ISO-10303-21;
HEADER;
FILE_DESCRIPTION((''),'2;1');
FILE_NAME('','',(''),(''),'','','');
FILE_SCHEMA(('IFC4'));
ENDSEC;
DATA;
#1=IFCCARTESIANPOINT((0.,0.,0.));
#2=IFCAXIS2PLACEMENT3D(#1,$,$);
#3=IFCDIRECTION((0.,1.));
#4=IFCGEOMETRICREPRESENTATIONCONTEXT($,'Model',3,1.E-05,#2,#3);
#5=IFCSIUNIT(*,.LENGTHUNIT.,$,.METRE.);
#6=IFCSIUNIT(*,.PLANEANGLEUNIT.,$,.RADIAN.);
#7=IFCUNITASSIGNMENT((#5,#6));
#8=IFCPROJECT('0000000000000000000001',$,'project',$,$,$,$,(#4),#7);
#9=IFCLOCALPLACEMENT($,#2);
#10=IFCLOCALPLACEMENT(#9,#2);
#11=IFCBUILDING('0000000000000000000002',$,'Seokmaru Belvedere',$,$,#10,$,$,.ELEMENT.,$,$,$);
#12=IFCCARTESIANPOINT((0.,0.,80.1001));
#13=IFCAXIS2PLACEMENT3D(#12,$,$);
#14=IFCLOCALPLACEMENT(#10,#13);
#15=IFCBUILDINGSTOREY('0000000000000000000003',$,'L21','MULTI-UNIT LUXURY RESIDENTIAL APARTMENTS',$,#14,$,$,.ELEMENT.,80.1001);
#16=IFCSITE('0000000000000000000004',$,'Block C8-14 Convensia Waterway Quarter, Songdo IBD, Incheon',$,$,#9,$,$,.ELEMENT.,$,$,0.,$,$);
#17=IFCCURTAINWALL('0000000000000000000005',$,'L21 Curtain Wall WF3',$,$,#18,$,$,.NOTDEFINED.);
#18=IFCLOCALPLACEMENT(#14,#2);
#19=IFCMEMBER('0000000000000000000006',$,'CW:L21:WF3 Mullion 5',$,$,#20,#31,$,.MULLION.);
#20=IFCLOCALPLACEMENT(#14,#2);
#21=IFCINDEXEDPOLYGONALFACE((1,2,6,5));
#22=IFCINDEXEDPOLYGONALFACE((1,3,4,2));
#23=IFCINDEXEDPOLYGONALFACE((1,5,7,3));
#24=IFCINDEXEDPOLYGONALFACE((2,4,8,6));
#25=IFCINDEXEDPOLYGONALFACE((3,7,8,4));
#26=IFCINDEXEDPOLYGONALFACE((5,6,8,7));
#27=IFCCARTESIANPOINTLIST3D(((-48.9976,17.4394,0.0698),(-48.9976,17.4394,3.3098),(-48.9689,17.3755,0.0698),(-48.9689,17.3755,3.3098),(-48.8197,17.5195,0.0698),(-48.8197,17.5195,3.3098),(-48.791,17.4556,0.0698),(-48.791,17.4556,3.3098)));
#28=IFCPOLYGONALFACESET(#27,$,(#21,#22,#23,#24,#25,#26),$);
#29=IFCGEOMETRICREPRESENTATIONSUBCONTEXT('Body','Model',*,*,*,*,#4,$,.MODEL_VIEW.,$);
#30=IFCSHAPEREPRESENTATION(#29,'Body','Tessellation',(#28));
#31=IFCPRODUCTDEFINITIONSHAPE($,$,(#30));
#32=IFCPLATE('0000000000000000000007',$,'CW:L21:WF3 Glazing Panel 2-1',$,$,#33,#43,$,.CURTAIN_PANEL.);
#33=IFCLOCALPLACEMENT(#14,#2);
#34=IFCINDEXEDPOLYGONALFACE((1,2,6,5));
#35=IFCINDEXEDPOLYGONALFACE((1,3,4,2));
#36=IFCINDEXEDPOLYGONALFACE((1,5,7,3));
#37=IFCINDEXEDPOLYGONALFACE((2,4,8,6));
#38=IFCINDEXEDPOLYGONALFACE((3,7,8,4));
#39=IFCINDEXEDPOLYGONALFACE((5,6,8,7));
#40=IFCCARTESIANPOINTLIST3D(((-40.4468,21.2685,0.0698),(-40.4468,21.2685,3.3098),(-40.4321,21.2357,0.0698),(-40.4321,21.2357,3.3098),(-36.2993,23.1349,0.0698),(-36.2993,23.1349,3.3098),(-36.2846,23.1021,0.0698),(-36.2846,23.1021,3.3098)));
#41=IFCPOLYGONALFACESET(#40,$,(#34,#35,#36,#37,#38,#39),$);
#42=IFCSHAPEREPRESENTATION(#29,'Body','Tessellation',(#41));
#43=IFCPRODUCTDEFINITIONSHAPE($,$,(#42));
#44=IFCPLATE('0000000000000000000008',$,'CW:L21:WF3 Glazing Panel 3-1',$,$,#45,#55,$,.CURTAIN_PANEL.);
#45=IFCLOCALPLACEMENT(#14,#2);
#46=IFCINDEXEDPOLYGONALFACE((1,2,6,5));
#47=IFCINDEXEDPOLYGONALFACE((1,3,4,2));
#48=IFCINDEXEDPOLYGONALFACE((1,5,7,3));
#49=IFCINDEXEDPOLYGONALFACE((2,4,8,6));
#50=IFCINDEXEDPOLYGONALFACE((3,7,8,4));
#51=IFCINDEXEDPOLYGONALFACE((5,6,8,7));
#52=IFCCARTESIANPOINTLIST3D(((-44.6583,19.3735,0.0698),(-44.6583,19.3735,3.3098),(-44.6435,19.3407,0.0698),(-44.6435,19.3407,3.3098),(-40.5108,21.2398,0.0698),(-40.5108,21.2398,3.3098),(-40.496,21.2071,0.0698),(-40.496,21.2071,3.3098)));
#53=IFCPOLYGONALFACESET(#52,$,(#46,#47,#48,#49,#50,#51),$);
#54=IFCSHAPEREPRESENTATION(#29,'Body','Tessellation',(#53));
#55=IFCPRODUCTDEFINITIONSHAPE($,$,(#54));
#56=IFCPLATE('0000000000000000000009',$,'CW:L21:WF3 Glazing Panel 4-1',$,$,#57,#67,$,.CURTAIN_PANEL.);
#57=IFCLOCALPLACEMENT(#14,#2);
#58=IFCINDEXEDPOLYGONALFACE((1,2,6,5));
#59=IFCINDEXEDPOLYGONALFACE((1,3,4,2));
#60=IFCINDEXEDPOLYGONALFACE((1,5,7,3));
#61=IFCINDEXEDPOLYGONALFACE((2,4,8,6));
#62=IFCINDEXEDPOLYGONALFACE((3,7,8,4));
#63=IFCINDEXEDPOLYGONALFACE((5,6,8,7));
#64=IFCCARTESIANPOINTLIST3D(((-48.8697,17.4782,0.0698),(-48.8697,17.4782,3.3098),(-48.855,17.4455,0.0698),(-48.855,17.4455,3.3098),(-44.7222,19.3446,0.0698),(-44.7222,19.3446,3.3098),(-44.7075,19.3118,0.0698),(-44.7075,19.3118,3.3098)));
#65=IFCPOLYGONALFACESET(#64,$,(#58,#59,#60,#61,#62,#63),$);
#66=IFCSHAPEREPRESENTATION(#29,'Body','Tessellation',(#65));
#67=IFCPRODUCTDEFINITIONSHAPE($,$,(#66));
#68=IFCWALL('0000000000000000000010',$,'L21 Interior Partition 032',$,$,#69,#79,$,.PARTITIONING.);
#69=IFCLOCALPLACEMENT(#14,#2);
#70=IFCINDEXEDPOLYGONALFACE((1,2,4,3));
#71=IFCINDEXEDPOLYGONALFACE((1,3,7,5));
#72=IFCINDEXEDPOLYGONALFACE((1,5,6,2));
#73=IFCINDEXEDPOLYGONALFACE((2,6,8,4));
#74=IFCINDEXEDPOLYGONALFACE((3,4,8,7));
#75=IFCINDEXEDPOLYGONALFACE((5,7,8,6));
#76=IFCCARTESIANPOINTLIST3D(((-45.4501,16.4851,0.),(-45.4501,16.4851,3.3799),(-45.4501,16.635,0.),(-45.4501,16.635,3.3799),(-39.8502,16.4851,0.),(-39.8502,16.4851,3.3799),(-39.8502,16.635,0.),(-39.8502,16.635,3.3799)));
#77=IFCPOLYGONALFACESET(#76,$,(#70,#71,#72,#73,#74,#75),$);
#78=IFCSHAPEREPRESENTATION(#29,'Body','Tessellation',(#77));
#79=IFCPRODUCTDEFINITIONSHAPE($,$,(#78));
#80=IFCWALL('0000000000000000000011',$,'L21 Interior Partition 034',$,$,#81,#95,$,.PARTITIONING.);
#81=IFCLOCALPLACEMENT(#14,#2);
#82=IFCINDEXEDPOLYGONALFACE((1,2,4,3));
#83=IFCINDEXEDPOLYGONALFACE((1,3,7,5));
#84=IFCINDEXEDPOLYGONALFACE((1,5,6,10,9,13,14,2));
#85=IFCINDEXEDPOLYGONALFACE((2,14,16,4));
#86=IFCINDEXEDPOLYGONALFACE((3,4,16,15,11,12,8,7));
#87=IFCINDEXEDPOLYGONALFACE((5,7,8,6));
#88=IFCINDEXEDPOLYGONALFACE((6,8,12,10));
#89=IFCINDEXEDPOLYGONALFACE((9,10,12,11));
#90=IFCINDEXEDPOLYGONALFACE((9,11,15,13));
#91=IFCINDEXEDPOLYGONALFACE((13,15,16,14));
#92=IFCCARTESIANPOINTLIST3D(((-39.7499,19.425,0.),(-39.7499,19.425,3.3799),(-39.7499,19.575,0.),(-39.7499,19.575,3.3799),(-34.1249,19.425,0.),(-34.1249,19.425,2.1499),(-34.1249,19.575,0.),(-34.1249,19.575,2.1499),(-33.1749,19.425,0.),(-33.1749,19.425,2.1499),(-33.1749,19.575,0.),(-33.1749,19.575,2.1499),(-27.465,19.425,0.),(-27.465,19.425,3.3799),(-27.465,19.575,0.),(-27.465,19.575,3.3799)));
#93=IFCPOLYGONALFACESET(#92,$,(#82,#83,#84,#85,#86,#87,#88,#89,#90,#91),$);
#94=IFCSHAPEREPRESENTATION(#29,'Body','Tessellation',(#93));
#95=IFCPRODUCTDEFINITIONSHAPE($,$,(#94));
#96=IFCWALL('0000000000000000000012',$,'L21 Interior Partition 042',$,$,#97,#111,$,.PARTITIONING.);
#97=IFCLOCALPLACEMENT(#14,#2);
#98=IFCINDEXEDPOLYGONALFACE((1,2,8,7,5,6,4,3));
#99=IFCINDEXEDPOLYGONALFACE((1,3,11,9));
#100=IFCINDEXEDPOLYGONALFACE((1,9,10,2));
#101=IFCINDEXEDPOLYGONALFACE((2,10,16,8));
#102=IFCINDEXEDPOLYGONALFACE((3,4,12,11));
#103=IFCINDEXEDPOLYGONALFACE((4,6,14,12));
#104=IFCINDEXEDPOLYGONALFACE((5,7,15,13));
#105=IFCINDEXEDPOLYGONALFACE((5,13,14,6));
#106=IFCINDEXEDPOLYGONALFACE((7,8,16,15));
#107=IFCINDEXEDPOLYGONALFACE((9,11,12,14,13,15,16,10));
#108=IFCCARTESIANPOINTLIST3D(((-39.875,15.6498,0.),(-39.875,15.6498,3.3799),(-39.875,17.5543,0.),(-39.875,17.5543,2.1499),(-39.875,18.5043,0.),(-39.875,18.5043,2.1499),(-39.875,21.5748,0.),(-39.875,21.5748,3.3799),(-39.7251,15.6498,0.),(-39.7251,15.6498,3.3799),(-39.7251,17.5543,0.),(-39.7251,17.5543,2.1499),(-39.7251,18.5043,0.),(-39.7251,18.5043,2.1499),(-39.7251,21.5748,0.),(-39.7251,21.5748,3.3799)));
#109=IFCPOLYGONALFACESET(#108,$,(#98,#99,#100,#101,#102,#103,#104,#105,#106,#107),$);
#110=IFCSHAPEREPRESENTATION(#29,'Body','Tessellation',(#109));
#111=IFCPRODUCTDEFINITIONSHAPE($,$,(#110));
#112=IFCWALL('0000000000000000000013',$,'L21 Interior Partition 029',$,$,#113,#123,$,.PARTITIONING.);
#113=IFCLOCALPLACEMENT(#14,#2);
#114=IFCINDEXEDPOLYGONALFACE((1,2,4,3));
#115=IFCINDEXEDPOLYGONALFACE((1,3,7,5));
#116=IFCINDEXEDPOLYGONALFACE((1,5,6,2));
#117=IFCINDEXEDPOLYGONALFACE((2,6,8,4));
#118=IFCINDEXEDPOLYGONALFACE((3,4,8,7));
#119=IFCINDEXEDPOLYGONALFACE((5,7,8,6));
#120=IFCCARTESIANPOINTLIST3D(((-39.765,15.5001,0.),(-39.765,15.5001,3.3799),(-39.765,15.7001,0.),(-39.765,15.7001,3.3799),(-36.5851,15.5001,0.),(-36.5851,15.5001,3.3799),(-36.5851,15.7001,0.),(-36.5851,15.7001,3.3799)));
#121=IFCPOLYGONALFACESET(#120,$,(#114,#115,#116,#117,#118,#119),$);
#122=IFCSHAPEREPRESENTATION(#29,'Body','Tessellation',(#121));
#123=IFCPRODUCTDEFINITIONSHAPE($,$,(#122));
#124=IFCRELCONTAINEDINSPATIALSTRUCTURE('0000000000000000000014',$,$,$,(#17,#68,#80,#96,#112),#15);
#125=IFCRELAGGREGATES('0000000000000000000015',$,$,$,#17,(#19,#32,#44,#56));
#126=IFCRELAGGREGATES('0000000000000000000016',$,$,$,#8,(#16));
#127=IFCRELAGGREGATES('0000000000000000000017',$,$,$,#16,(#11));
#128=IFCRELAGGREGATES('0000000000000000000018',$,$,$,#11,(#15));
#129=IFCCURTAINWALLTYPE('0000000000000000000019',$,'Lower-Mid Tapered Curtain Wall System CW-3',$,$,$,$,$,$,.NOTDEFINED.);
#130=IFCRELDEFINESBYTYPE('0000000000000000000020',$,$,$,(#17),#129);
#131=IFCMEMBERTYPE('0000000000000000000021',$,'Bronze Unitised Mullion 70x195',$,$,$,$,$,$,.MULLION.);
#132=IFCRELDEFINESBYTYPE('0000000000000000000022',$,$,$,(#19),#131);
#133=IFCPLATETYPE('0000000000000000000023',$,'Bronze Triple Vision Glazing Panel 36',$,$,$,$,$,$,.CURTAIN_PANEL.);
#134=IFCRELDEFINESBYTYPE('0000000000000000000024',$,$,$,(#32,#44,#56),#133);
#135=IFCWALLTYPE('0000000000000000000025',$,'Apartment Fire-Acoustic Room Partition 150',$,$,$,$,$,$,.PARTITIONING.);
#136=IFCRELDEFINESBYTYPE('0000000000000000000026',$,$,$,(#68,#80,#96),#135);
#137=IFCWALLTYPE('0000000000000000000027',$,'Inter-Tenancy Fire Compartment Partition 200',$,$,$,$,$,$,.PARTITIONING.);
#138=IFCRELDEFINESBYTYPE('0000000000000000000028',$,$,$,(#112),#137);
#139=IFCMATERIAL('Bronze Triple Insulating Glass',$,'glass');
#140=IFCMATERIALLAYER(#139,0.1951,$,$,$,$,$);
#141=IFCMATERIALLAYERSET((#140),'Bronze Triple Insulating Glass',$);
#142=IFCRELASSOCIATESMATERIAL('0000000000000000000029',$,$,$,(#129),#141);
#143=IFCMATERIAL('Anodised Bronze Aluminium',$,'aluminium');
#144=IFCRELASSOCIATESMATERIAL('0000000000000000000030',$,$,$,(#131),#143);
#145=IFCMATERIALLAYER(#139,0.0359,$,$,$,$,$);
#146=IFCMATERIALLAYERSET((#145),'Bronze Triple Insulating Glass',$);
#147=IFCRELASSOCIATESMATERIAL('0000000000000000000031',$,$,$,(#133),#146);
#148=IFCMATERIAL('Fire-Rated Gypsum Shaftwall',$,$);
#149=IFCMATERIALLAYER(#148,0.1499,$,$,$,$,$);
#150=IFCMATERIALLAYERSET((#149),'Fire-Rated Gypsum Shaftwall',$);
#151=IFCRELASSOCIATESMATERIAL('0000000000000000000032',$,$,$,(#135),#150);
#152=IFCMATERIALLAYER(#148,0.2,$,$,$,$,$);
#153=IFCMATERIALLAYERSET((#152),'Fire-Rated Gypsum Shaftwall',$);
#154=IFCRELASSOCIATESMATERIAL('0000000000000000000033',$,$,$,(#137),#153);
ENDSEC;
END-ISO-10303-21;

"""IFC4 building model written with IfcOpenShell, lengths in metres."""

from ifc_helpers import new_model, si_unit, direction, frame, frame_2d, origin, origin_2d, place, context, subcontext, project, spatial, rectangle, extrude, source, transform, mapped, material, layer, layer_set, material_profile, profile_set, type_object, type_shapes, element, aggregate, save


model = new_model("IFC4")

# Units and contexts
model_context = context("Model", 3, precision=1e-05, world=origin(), true_north=direction((0.0, 1.0)))
body_context = subcontext(model_context, "Body", "Model", "MODEL_VIEW")
ifc_project = project(units=[si_unit("LENGTHUNIT", "METRE"), si_unit("PLANEANGLEUNIT", "RADIAN")], contexts=[model_context])

# Site, building, storey
site_placement = place(None, origin())
site = spatial("IfcSite", under=ifc_project, at=site_placement, Name="Block C8-14 Convensia Waterway Quarter, Songdo IBD, Incheon", CompositionType="ELEMENT", RefElevation=0.0)
building_placement = place(site_placement, origin())
building = spatial("IfcBuilding", under=site, at=building_placement, Name="Seokmaru Belvedere", CompositionType="ELEMENT")
storey_placement = place(building_placement, frame((0.0, 0.0, 80.1001)))
storey = spatial("IfcBuildingStorey", under=building, at=storey_placement, Name="L21", Description="MULTI-UNIT LUXURY RESIDENTIAL APARTMENTS", CompositionType="ELEMENT", Elevation=80.1001)

# Curtain wall, member, plates
ifc_material_1 = material(Name="Bronze Triple Insulating Glass", Category="glass")
ifc_layer_1 = layer(ifc_material_1, 0.1951)
ifc_layer_set_1 = layer_set([ifc_layer_1], Name="Bronze Triple Insulating Glass")
curtain_wall_type = type_object("IfcCurtainWallType", Name="Lower-Mid Tapered Curtain Wall System CW-3", PredefinedType="NOTDEFINED", material=ifc_layer_set_1)
curtain_wall_placement = place(storey_placement, origin())
curtain_wall = element("IfcCurtainWall", 1, at=curtain_wall_placement, inside=storey, type_object=curtain_wall_type, Name="L21 Curtain Wall WF3", PredefinedType="NOTDEFINED")
ifc_material_2 = material(Name="Anodised Bronze Aluminium", Category="aluminium")
ifc_material_profile_1 = material_profile(ifc_material_2, rectangle(XDim=0.0701, YDim=0.1951, at=origin_2d()), Name="CW-M-70x195")
ifc_profile_set_1 = profile_set([ifc_material_profile_1], Name="Anodised Bronze Aluminium")
member_type = type_object("IfcMemberType", Name="Bronze Unitised Mullion 70x195", PredefinedType="MULLION", material=ifc_profile_set_1)
shared_shape_1 = source(origin(), body_context, "Body", "SweptSolid", [
    extrude(rectangle(XDim=0.0701, YDim=0.1951, at=origin_2d()), origin(), (0.0, 0.0, 1.0), 3.24),
])
type_shapes(member_type, [shared_shape_1])
member_1_placement = place(storey_placement, frame((-48.8943, 17.4475, 0.0698), z_axis=(0.0, 0.0, 1.0), x_axis=(0.410366, -0.911921, 0.0)))
member_1 = element("IfcMember", 2, at=member_1_placement, type_object=member_type, Name="CW:L21:WF3 Mullion 5", PredefinedType="MULLION", context=body_context, shape_type="MappedRepresentation", body=[
    mapped(shared_shape_1, transform((0.0, 0.0, 0.0), scale=1.0)),
])
ifc_layer_2 = layer(ifc_material_1, 0.0359)
ifc_layer_set_2 = layer_set([ifc_layer_2], Name="Bronze Triple Insulating Glass")
plate_type = type_object("IfcPlateType", Name="Bronze Triple Vision Glazing Panel 36", PredefinedType="CURTAIN_PANEL", material=ifc_layer_set_2)
shared_shape_2 = source(origin(), body_context, "Body", "SweptSolid", [
    extrude(rectangle(XDim=4.5481, YDim=0.0359, at=origin_2d()), origin(), (0.0, 0.0, 1.0), 3.24),
])
type_shapes(plate_type, [shared_shape_2])
plate_1_placement = place(storey_placement, frame((-38.3657, 22.1853, 0.0698), z_axis=(0.0, 0.0, 1.0), x_axis=(-0.911921, -0.410366, 0.0)))
plate_1 = element("IfcPlate", 3, at=plate_1_placement, type_object=plate_type, Name="CW:L21:WF3 Glazing Panel 2-1", PredefinedType="CURTAIN_PANEL", context=body_context, shape_type="MappedRepresentation", body=[
    mapped(shared_shape_2, transform((0.0, 0.0, 0.0), scale=1.0)),
])
plate_2_placement = place(storey_placement, frame((-42.5771, 20.2903, 0.0698), z_axis=(0.0, 0.0, 1.0), x_axis=(-0.911921, -0.410366, 0.0)))
plate_2 = element("IfcPlate", 4, at=plate_2_placement, type_object=plate_type, Name="CW:L21:WF3 Glazing Panel 3-1", PredefinedType="CURTAIN_PANEL", context=body_context, shape_type="MappedRepresentation", body=[
    mapped(shared_shape_2, transform((0.0, 0.0, 0.0), scale=1.0)),
])
plate_3_placement = place(storey_placement, frame((-46.7886, 18.395, 0.0698), z_axis=(0.0, 0.0, 1.0), x_axis=(-0.911921, -0.410366, 0.0)))
plate_3 = element("IfcPlate", 5, at=plate_3_placement, type_object=plate_type, Name="CW:L21:WF3 Glazing Panel 4-1", PredefinedType="CURTAIN_PANEL", context=body_context, shape_type="MappedRepresentation", body=[
    mapped(shared_shape_2, transform((0.0, 0.0, 0.0), scale=1.0)),
])
aggregate(curtain_wall, [member_1, plate_1, plate_2, plate_3])

# Wall
ifc_material_3 = material(Name="Fire-Rated Gypsum Shaftwall")
ifc_layer_3 = layer(ifc_material_3, 0.1499)
ifc_layer_set_3 = layer_set([ifc_layer_3], Name="Fire-Rated Gypsum Shaftwall")
wall_type_1 = type_object("IfcWallType", Name="Apartment Fire-Acoustic Room Partition 150", PredefinedType="PARTITIONING", material=ifc_layer_set_3)
wall_1_placement = place(storey_placement, frame((-45.45, 16.5601, 0.0), z_axis=(0.0, 0.0, 1.0), x_axis=(1.0, 0.0, 0.0)))
element("IfcWall", 6, at=wall_1_placement, inside=storey, type_object=wall_type_1, Name="L21 Interior Partition 032", PredefinedType="PARTITIONING", context=body_context, shape_type="SweptSolid", body=[
    extrude(rectangle(XDim=5.5999, YDim=0.1499, at=frame_2d((2.7998, 0.0))), origin(), (0.0, 0.0, 1.0), 3.3799),
])

# Walls, openings
wall_2_placement = place(storey_placement, frame((-39.75, 19.5, 0.0), z_axis=(0.0, 0.0, 1.0), x_axis=(1.0, 0.0, 0.0)))
wall_2 = element("IfcWall", 7, at=wall_2_placement, inside=storey, type_object=wall_type_1, Name="L21 Interior Partition 034", PredefinedType="PARTITIONING", context=body_context, shape_type="SweptSolid", body=[
    extrude(rectangle(XDim=12.2849, YDim=0.1499, at=frame_2d((6.1426, 0.0))), origin(), (0.0, 0.0, 1.0), 3.3799),
])
opening_1_placement = place(wall_2_placement, frame((5.625, 0.0, 0.0)))
element("IfcOpeningElement", 8, at=opening_1_placement, cuts=wall_2, PredefinedType="OPENING", context=body_context, shape_type="SweptSolid", body=[
    extrude(rectangle(XDim=0.95, YDim=2.1499, at=frame_2d((0.4751, 1.075))), frame((0.0, 0.085, 0.0), z_axis=(0.0, -1.0, 0.0), x_axis=(1.0, 0.0, 0.0)), (0.0, 0.0, 1.0), 0.1699),
])
wall_3_placement = place(storey_placement, frame((-39.8, 15.6499, 0.0), z_axis=(0.0, 0.0, 1.0), x_axis=(0.0, 1.0, 0.0)))
wall_3 = element("IfcWall", 9, at=wall_3_placement, inside=storey, type_object=wall_type_1, Name="L21 Interior Partition 042", PredefinedType="PARTITIONING", context=body_context, shape_type="SweptSolid", body=[
    extrude(rectangle(XDim=5.925, YDim=0.1499, at=frame_2d((2.9624, 0.0))), origin(), (0.0, 0.0, 1.0), 3.3799),
])
opening_2_placement = place(wall_3_placement, frame((1.9043, 0.0, 0.0)))
element("IfcOpeningElement", 10, at=opening_2_placement, cuts=wall_3, PredefinedType="OPENING", context=body_context, shape_type="SweptSolid", body=[
    extrude(rectangle(XDim=0.95, YDim=2.1499, at=frame_2d((0.4751, 1.075))), frame((0.0, 0.085, 0.0), z_axis=(0.0, -1.0, 0.0), x_axis=(1.0, 0.0, 0.0)), (0.0, 0.0, 1.0), 0.1699),
])

# Wall
ifc_layer_4 = layer(ifc_material_3, 0.2)
ifc_layer_set_4 = layer_set([ifc_layer_4], Name="Fire-Rated Gypsum Shaftwall")
wall_type_2 = type_object("IfcWallType", Name="Inter-Tenancy Fire Compartment Partition 200", PredefinedType="PARTITIONING", material=ifc_layer_set_4)
wall_4_placement = place(storey_placement, frame((-39.7649, 15.6001, 0.0), z_axis=(0.0, 0.0, 1.0), x_axis=(1.0, 0.0, 0.0)))
element("IfcWall", 11, at=wall_4_placement, inside=storey, type_object=wall_type_2, Name="L21 Interior Partition 029", PredefinedType="PARTITIONING", context=body_context, shape_type="SweptSolid", body=[
    extrude(rectangle(XDim=3.1799, YDim=0.2, at=frame_2d((1.5898, 0.0))), origin(), (0.0, 0.0, 1.0), 3.3799),
])

save(model, "model.ifc")
